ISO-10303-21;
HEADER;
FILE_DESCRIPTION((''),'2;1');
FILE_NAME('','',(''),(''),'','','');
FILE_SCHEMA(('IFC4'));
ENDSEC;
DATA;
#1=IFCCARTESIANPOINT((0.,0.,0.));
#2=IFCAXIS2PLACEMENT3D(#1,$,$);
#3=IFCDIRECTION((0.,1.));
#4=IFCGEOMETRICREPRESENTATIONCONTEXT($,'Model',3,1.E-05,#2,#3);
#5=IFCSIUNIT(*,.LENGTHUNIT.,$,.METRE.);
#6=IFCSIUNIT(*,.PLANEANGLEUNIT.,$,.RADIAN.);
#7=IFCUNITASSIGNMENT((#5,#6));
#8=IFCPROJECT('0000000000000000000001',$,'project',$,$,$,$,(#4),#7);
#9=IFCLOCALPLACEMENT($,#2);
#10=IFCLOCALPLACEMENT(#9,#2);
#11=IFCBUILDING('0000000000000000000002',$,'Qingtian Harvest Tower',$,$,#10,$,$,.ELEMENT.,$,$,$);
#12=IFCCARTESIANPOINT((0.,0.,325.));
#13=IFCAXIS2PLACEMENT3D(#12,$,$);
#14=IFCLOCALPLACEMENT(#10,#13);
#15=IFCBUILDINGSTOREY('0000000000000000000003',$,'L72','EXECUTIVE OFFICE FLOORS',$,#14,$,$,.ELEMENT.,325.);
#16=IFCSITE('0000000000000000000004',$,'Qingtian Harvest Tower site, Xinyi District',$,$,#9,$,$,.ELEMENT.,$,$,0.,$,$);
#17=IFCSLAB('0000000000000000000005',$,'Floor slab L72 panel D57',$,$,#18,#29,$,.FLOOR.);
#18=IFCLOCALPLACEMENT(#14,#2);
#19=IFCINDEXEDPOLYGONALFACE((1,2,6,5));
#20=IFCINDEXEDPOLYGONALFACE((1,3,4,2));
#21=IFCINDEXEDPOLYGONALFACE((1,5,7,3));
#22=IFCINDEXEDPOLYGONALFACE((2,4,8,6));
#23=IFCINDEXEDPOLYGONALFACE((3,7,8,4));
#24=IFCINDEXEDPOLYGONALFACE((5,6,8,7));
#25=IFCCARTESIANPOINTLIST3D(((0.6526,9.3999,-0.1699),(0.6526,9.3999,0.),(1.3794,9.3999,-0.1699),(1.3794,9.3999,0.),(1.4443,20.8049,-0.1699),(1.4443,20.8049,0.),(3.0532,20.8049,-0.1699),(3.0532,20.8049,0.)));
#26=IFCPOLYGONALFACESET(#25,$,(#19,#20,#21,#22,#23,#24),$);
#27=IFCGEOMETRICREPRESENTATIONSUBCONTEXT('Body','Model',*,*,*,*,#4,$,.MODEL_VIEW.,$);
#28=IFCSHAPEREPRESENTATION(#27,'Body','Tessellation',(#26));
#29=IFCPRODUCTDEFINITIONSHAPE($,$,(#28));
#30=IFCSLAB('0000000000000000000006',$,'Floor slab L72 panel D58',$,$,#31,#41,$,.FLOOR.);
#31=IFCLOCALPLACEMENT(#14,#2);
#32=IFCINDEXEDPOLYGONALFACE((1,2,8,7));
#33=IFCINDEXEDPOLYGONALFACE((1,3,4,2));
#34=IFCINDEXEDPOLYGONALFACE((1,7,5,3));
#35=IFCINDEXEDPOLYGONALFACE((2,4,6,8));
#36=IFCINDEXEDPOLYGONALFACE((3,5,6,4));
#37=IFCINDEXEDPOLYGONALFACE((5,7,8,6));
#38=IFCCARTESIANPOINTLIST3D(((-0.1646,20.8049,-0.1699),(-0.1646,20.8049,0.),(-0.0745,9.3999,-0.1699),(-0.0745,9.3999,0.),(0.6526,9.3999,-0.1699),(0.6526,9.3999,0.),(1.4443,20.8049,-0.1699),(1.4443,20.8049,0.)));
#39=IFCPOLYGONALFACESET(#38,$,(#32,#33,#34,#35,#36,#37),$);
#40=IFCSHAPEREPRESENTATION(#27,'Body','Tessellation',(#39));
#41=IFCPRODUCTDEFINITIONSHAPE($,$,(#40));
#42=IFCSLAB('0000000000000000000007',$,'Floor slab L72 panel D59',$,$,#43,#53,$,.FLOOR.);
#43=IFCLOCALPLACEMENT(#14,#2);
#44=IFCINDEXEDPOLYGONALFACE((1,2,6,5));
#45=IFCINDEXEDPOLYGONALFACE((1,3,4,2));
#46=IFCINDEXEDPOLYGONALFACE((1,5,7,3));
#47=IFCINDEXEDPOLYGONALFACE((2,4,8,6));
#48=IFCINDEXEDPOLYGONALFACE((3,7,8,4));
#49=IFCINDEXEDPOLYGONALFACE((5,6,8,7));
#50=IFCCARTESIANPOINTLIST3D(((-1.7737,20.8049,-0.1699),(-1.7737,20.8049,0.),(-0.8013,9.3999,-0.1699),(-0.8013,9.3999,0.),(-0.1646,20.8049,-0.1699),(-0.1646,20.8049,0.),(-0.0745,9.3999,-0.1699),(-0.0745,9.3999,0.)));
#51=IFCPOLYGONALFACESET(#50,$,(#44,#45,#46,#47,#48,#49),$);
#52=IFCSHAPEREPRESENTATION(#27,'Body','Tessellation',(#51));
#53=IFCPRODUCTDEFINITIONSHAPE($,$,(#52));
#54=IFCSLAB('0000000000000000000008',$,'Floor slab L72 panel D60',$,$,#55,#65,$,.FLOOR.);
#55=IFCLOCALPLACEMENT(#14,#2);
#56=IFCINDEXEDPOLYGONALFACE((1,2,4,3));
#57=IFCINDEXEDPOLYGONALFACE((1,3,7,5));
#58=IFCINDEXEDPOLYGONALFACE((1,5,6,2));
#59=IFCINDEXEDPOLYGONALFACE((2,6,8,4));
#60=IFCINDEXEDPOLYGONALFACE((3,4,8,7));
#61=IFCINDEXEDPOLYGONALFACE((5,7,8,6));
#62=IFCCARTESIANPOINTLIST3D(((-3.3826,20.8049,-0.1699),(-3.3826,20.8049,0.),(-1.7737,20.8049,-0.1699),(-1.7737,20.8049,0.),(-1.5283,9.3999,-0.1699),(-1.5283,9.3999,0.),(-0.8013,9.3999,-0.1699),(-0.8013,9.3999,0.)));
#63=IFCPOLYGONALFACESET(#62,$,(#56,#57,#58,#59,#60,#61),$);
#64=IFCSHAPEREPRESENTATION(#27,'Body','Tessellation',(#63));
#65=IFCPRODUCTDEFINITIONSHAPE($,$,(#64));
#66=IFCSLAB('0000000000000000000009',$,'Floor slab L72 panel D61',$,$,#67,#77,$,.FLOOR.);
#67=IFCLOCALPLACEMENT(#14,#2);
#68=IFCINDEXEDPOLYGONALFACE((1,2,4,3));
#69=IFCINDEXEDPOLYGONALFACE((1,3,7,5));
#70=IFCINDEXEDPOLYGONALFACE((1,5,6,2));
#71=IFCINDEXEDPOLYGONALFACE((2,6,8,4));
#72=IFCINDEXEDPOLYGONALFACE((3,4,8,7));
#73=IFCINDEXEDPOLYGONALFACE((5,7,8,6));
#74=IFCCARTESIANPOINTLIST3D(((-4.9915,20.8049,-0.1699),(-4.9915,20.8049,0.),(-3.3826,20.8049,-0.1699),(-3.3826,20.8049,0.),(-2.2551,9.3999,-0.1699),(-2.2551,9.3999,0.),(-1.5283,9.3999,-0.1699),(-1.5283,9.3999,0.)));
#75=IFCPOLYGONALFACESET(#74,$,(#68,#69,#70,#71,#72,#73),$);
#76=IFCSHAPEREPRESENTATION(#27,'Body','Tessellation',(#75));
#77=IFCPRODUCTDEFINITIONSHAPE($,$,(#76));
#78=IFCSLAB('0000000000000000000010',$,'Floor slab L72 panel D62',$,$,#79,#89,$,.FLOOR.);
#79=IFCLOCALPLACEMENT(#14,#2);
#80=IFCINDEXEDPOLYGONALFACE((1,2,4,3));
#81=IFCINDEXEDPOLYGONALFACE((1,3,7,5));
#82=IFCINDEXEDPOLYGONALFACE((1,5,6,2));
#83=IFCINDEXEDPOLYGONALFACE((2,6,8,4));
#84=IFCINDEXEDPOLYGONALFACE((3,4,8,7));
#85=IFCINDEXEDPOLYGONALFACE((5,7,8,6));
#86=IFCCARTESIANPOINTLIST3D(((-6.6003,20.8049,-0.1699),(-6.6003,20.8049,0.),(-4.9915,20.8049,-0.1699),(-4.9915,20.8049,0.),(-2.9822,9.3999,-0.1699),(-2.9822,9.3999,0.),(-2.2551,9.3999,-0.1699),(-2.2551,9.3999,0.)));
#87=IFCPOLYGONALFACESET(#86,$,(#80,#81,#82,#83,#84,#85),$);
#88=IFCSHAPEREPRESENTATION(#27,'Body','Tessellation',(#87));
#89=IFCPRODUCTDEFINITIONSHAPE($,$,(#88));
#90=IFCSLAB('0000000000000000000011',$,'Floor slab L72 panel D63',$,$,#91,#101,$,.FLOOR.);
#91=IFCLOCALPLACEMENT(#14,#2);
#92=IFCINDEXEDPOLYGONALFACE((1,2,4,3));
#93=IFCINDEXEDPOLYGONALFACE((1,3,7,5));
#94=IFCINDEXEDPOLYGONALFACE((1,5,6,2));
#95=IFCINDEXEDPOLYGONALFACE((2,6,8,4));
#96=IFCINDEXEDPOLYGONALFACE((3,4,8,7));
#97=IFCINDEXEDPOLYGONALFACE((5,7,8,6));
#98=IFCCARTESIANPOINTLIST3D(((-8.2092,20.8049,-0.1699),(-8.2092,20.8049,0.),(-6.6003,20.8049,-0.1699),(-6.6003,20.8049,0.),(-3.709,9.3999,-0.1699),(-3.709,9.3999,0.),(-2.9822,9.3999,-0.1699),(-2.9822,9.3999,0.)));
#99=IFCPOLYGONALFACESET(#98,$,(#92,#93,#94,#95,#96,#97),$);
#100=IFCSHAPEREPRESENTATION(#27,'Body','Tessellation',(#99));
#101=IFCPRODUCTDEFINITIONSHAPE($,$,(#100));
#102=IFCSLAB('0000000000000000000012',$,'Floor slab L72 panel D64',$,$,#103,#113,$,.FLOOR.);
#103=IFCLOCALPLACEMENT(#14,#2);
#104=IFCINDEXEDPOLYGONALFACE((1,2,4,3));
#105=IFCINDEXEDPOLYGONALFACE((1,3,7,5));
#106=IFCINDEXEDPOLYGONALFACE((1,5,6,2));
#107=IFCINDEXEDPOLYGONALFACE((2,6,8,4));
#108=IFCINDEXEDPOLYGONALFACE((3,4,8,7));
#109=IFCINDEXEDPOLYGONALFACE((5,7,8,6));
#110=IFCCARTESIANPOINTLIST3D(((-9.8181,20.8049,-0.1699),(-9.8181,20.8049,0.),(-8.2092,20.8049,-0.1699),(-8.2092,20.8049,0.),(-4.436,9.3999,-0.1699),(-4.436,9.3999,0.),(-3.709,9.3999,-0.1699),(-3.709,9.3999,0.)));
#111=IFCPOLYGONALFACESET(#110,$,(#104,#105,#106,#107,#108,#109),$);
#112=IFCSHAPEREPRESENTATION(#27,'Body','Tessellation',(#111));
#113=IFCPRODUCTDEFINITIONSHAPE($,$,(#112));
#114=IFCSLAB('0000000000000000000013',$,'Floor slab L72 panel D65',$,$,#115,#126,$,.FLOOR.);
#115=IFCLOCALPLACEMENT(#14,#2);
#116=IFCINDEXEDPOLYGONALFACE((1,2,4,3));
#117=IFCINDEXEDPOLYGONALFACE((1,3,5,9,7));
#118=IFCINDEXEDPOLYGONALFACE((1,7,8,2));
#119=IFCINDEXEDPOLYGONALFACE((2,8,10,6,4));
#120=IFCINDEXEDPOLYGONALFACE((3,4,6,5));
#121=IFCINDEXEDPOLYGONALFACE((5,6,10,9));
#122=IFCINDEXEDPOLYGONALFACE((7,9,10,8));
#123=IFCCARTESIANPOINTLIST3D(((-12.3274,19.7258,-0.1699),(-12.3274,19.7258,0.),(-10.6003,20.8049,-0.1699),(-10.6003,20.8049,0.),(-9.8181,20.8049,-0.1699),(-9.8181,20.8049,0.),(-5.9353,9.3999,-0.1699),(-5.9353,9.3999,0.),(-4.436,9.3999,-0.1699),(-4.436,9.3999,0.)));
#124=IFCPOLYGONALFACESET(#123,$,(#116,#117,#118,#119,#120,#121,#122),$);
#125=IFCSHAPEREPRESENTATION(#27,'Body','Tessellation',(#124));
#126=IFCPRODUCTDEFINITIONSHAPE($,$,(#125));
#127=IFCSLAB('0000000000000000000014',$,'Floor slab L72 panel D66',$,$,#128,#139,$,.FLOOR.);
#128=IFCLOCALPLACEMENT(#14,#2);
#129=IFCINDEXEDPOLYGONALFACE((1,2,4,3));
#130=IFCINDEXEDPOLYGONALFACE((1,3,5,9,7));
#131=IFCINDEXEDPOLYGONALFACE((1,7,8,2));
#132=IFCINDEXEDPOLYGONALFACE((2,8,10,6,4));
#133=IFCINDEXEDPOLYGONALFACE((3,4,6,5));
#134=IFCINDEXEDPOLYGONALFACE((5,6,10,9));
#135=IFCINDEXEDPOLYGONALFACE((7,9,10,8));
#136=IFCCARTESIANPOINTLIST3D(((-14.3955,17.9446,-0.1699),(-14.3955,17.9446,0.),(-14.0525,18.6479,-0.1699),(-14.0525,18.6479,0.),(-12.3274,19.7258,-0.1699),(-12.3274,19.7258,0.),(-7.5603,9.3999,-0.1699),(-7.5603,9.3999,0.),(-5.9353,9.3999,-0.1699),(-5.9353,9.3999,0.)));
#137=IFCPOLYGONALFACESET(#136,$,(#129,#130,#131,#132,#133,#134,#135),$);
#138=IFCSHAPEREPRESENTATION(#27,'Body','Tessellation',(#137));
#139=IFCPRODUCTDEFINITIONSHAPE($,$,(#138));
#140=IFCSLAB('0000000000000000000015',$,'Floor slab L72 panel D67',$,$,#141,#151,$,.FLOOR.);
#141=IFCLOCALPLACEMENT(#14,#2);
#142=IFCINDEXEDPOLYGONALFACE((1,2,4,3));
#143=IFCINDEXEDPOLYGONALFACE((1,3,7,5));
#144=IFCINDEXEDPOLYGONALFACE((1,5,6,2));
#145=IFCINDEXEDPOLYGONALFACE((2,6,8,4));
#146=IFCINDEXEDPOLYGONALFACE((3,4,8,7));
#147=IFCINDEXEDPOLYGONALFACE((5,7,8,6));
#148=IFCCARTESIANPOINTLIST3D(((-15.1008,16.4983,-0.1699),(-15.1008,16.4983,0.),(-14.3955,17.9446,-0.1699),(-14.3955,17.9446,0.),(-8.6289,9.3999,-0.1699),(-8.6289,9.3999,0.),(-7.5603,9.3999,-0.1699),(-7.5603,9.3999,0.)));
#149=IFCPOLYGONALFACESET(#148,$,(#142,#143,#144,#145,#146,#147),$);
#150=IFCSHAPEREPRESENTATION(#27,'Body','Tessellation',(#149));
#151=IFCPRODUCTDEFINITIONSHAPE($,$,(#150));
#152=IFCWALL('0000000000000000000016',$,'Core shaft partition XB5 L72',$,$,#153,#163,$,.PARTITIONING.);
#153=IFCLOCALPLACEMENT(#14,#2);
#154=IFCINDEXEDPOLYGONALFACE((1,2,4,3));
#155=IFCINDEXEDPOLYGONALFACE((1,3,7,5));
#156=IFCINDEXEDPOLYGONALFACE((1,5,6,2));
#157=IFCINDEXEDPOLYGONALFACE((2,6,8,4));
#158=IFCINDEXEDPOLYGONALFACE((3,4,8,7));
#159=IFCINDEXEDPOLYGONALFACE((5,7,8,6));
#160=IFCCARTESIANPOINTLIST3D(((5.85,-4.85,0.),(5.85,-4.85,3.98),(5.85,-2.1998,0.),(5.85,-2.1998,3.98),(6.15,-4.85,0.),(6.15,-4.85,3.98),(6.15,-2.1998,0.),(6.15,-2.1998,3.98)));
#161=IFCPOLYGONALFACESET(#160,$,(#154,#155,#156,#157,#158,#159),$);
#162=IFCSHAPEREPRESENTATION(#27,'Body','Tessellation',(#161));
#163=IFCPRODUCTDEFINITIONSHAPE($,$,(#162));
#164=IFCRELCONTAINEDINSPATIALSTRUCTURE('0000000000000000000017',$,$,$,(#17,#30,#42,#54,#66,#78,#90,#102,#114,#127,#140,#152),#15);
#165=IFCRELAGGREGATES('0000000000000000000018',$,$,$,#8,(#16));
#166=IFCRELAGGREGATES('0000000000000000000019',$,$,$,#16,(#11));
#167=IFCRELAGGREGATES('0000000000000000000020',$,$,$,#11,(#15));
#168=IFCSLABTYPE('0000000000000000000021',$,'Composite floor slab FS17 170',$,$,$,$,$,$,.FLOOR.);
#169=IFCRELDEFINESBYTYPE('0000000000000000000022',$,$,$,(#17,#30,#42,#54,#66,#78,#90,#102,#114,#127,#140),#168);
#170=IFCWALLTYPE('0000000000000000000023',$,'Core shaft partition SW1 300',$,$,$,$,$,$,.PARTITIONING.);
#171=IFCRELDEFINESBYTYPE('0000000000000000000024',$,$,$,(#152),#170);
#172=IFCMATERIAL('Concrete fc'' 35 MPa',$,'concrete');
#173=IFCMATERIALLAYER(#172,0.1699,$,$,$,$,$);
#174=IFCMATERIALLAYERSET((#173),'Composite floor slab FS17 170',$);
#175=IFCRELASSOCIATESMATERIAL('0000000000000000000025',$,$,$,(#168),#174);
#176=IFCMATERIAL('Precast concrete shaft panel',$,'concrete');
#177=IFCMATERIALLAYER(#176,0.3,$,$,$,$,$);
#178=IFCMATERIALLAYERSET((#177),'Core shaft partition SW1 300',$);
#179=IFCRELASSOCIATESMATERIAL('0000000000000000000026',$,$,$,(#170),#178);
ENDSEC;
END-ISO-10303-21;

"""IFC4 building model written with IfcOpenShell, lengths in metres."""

from ifc_helpers import new_model, si_unit, direction, frame, frame_2d, origin, place, context, subcontext, project, spatial, polyline, rectangle, outline, extrude, material, layer, layer_set, type_object, element, save


model = new_model("IFC4")

# Units and contexts
model_context = context("Model", 3, precision=1e-05, world=origin(), true_north=direction((0.0, 1.0)))
body_context = subcontext(model_context, "Body", "Model", "MODEL_VIEW")
ifc_project = project(units=[si_unit("LENGTHUNIT", "METRE"), si_unit("PLANEANGLEUNIT", "RADIAN")], contexts=[model_context])

# Site, building, storey
site_placement = place(None, origin())
site = spatial("IfcSite", under=ifc_project, at=site_placement, Name="Qingtian Harvest Tower site, Xinyi District", CompositionType="ELEMENT", RefElevation=0.0)
building_placement = place(site_placement, origin())
building = spatial("IfcBuilding", under=site, at=building_placement, Name="Qingtian Harvest Tower", CompositionType="ELEMENT")
storey_placement = place(building_placement, frame((0.0, 0.0, 325.0)))
storey = spatial("IfcBuildingStorey", under=building, at=storey_placement, Name="L72", Description="EXECUTIVE OFFICE FLOORS", CompositionType="ELEMENT", Elevation=325.0)

# Slabs
ifc_material_1 = material(Name="Concrete fc' 35 MPa", Category="concrete")
ifc_layer_1 = layer(ifc_material_1, 0.1699)
ifc_layer_set_1 = layer_set([ifc_layer_1], Name="Composite floor slab FS17 170")
slab_type = type_object("IfcSlabType", Name="Composite floor slab FS17 170", PredefinedType="FLOOR", material=ifc_layer_set_1)
slab_1_placement = place(storey_placement, frame((0.0, 0.0, -0.1699)))
element("IfcSlab", 1, at=slab_1_placement, inside=storey, type_object=slab_type, Name="Floor slab L72 panel D57", PredefinedType="FLOOR", context=body_context, shape_type="SweptSolid", body=[
    extrude(outline(polyline([(0.6526, 9.3999), (1.4443, 20.8049), (3.0532, 20.8049), (1.3794, 9.3999), (0.6526, 9.3999)])), origin(), (0.0, 0.0, 1.0), 0.1699),
])
slab_2_placement = place(storey_placement, frame((0.0, 0.0, -0.1699)))
element("IfcSlab", 2, at=slab_2_placement, inside=storey, type_object=slab_type, Name="Floor slab L72 panel D58", PredefinedType="FLOOR", context=body_context, shape_type="SweptSolid", body=[
    extrude(outline(polyline([(-0.0745, 9.3999), (-0.1646, 20.8049), (1.4443, 20.8049), (0.6526, 9.3999), (-0.0745, 9.3999)])), origin(), (0.0, 0.0, 1.0), 0.1699),
])
slab_3_placement = place(storey_placement, frame((0.0, 0.0, -0.1699)))
element("IfcSlab", 3, at=slab_3_placement, inside=storey, type_object=slab_type, Name="Floor slab L72 panel D59", PredefinedType="FLOOR", context=body_context, shape_type="SweptSolid", body=[
    extrude(outline(polyline([(-0.8013, 9.3999), (-1.7737, 20.8049), (-0.1646, 20.8049), (-0.0745, 9.3999), (-0.8013, 9.3999)])), origin(), (0.0, 0.0, 1.0), 0.1699),
])
slab_4_placement = place(storey_placement, frame((0.0, 0.0, -0.1699)))
element("IfcSlab", 4, at=slab_4_placement, inside=storey, type_object=slab_type, Name="Floor slab L72 panel D60", PredefinedType="FLOOR", context=body_context, shape_type="SweptSolid", body=[
    extrude(outline(polyline([(-1.5283, 9.3999), (-3.3826, 20.8049), (-1.7737, 20.8049), (-0.8013, 9.3999), (-1.5283, 9.3999)])), origin(), (0.0, 0.0, 1.0), 0.1699),
])
slab_5_placement = place(storey_placement, frame((0.0, 0.0, -0.1699)))
element("IfcSlab", 5, at=slab_5_placement, inside=storey, type_object=slab_type, Name="Floor slab L72 panel D61", PredefinedType="FLOOR", context=body_context, shape_type="SweptSolid", body=[
    extrude(outline(polyline([(-2.2551, 9.3999), (-4.9915, 20.8049), (-3.3826, 20.8049), (-1.5283, 9.3999), (-2.2551, 9.3999)])), origin(), (0.0, 0.0, 1.0), 0.1699),
])
slab_6_placement = place(storey_placement, frame((0.0, 0.0, -0.1699)))
element("IfcSlab", 6, at=slab_6_placement, inside=storey, type_object=slab_type, Name="Floor slab L72 panel D62", PredefinedType="FLOOR", context=body_context, shape_type="SweptSolid", body=[
    extrude(outline(polyline([(-2.9822, 9.3999), (-6.6003, 20.8049), (-4.9915, 20.8049), (-2.2551, 9.3999), (-2.9822, 9.3999)])), origin(), (0.0, 0.0, 1.0), 0.1699),
])
slab_7_placement = place(storey_placement, frame((0.0, 0.0, -0.1699)))
element("IfcSlab", 7, at=slab_7_placement, inside=storey, type_object=slab_type, Name="Floor slab L72 panel D63", PredefinedType="FLOOR", context=body_context, shape_type="SweptSolid", body=[
    extrude(outline(polyline([(-3.709, 9.3999), (-8.2092, 20.8049), (-6.6003, 20.8049), (-2.9822, 9.3999), (-3.709, 9.3999)])), origin(), (0.0, 0.0, 1.0), 0.1699),
])
slab_8_placement = place(storey_placement, frame((0.0, 0.0, -0.1699)))
element("IfcSlab", 8, at=slab_8_placement, inside=storey, type_object=slab_type, Name="Floor slab L72 panel D64", PredefinedType="FLOOR", context=body_context, shape_type="SweptSolid", body=[
    extrude(outline(polyline([(-4.436, 9.3999), (-9.8181, 20.8049), (-8.2092, 20.8049), (-3.709, 9.3999), (-4.436, 9.3999)])), origin(), (0.0, 0.0, 1.0), 0.1699),
])
slab_9_placement = place(storey_placement, frame((0.0, 0.0, -0.1699)))
element("IfcSlab", 9, at=slab_9_placement, inside=storey, type_object=slab_type, Name="Floor slab L72 panel D65", PredefinedType="FLOOR", context=body_context, shape_type="SweptSolid", body=[
    extrude(outline(polyline([(-4.436, 9.3999), (-5.9353, 9.3999), (-12.3274, 19.7258), (-10.6003, 20.8049), (-9.8181, 20.8049), (-4.436, 9.3999)])), origin(), (0.0, 0.0, 1.0), 0.1699),
])
slab_10_placement = place(storey_placement, frame((0.0, 0.0, -0.1699)))
element("IfcSlab", 10, at=slab_10_placement, inside=storey, type_object=slab_type, Name="Floor slab L72 panel D66", PredefinedType="FLOOR", context=body_context, shape_type="SweptSolid", body=[
    extrude(outline(polyline([(-5.9353, 9.3999), (-7.5603, 9.3999), (-14.3955, 17.9446), (-14.0525, 18.6479), (-12.3274, 19.7258), (-5.9353, 9.3999)])), origin(), (0.0, 0.0, 1.0), 0.1699),
])
slab_11_placement = place(storey_placement, frame((0.0, 0.0, -0.1699)))
element("IfcSlab", 11, at=slab_11_placement, inside=storey, type_object=slab_type, Name="Floor slab L72 panel D67", PredefinedType="FLOOR", context=body_context, shape_type="SweptSolid", body=[
    extrude(outline(polyline([(-8.6289, 9.3999), (-15.1008, 16.4983), (-14.3955, 17.9446), (-7.5603, 9.3999), (-8.6289, 9.3999)])), origin(), (0.0, 0.0, 1.0), 0.1699),
])

# Wall
ifc_material_2 = material(Name="Precast concrete shaft panel", Category="concrete")
ifc_layer_2 = layer(ifc_material_2, 0.3)
ifc_layer_set_2 = layer_set([ifc_layer_2], Name="Core shaft partition SW1 300")
wall_type_1 = type_object("IfcWallType", Name="Core shaft partition SW1 300", PredefinedType="PARTITIONING", material=ifc_layer_set_2)
wall_1_placement = place(storey_placement, frame((6.0, -4.8501, 0.0), z_axis=(0.0, 0.0, 1.0), x_axis=(0.0, 1.0, 0.0)))
element("IfcWall", 12, at=wall_1_placement, inside=storey, type_object=wall_type_1, Name="Core shaft partition XB5 L72", PredefinedType="PARTITIONING", context=body_context, shape_type="SweptSolid", body=[
    extrude(rectangle(XDim=2.6501, YDim=0.3, at=frame_2d((1.3252, 0.0))), origin(), (0.0, 0.0, 1.0), 3.98),
])

save(model, "model.ifc")
